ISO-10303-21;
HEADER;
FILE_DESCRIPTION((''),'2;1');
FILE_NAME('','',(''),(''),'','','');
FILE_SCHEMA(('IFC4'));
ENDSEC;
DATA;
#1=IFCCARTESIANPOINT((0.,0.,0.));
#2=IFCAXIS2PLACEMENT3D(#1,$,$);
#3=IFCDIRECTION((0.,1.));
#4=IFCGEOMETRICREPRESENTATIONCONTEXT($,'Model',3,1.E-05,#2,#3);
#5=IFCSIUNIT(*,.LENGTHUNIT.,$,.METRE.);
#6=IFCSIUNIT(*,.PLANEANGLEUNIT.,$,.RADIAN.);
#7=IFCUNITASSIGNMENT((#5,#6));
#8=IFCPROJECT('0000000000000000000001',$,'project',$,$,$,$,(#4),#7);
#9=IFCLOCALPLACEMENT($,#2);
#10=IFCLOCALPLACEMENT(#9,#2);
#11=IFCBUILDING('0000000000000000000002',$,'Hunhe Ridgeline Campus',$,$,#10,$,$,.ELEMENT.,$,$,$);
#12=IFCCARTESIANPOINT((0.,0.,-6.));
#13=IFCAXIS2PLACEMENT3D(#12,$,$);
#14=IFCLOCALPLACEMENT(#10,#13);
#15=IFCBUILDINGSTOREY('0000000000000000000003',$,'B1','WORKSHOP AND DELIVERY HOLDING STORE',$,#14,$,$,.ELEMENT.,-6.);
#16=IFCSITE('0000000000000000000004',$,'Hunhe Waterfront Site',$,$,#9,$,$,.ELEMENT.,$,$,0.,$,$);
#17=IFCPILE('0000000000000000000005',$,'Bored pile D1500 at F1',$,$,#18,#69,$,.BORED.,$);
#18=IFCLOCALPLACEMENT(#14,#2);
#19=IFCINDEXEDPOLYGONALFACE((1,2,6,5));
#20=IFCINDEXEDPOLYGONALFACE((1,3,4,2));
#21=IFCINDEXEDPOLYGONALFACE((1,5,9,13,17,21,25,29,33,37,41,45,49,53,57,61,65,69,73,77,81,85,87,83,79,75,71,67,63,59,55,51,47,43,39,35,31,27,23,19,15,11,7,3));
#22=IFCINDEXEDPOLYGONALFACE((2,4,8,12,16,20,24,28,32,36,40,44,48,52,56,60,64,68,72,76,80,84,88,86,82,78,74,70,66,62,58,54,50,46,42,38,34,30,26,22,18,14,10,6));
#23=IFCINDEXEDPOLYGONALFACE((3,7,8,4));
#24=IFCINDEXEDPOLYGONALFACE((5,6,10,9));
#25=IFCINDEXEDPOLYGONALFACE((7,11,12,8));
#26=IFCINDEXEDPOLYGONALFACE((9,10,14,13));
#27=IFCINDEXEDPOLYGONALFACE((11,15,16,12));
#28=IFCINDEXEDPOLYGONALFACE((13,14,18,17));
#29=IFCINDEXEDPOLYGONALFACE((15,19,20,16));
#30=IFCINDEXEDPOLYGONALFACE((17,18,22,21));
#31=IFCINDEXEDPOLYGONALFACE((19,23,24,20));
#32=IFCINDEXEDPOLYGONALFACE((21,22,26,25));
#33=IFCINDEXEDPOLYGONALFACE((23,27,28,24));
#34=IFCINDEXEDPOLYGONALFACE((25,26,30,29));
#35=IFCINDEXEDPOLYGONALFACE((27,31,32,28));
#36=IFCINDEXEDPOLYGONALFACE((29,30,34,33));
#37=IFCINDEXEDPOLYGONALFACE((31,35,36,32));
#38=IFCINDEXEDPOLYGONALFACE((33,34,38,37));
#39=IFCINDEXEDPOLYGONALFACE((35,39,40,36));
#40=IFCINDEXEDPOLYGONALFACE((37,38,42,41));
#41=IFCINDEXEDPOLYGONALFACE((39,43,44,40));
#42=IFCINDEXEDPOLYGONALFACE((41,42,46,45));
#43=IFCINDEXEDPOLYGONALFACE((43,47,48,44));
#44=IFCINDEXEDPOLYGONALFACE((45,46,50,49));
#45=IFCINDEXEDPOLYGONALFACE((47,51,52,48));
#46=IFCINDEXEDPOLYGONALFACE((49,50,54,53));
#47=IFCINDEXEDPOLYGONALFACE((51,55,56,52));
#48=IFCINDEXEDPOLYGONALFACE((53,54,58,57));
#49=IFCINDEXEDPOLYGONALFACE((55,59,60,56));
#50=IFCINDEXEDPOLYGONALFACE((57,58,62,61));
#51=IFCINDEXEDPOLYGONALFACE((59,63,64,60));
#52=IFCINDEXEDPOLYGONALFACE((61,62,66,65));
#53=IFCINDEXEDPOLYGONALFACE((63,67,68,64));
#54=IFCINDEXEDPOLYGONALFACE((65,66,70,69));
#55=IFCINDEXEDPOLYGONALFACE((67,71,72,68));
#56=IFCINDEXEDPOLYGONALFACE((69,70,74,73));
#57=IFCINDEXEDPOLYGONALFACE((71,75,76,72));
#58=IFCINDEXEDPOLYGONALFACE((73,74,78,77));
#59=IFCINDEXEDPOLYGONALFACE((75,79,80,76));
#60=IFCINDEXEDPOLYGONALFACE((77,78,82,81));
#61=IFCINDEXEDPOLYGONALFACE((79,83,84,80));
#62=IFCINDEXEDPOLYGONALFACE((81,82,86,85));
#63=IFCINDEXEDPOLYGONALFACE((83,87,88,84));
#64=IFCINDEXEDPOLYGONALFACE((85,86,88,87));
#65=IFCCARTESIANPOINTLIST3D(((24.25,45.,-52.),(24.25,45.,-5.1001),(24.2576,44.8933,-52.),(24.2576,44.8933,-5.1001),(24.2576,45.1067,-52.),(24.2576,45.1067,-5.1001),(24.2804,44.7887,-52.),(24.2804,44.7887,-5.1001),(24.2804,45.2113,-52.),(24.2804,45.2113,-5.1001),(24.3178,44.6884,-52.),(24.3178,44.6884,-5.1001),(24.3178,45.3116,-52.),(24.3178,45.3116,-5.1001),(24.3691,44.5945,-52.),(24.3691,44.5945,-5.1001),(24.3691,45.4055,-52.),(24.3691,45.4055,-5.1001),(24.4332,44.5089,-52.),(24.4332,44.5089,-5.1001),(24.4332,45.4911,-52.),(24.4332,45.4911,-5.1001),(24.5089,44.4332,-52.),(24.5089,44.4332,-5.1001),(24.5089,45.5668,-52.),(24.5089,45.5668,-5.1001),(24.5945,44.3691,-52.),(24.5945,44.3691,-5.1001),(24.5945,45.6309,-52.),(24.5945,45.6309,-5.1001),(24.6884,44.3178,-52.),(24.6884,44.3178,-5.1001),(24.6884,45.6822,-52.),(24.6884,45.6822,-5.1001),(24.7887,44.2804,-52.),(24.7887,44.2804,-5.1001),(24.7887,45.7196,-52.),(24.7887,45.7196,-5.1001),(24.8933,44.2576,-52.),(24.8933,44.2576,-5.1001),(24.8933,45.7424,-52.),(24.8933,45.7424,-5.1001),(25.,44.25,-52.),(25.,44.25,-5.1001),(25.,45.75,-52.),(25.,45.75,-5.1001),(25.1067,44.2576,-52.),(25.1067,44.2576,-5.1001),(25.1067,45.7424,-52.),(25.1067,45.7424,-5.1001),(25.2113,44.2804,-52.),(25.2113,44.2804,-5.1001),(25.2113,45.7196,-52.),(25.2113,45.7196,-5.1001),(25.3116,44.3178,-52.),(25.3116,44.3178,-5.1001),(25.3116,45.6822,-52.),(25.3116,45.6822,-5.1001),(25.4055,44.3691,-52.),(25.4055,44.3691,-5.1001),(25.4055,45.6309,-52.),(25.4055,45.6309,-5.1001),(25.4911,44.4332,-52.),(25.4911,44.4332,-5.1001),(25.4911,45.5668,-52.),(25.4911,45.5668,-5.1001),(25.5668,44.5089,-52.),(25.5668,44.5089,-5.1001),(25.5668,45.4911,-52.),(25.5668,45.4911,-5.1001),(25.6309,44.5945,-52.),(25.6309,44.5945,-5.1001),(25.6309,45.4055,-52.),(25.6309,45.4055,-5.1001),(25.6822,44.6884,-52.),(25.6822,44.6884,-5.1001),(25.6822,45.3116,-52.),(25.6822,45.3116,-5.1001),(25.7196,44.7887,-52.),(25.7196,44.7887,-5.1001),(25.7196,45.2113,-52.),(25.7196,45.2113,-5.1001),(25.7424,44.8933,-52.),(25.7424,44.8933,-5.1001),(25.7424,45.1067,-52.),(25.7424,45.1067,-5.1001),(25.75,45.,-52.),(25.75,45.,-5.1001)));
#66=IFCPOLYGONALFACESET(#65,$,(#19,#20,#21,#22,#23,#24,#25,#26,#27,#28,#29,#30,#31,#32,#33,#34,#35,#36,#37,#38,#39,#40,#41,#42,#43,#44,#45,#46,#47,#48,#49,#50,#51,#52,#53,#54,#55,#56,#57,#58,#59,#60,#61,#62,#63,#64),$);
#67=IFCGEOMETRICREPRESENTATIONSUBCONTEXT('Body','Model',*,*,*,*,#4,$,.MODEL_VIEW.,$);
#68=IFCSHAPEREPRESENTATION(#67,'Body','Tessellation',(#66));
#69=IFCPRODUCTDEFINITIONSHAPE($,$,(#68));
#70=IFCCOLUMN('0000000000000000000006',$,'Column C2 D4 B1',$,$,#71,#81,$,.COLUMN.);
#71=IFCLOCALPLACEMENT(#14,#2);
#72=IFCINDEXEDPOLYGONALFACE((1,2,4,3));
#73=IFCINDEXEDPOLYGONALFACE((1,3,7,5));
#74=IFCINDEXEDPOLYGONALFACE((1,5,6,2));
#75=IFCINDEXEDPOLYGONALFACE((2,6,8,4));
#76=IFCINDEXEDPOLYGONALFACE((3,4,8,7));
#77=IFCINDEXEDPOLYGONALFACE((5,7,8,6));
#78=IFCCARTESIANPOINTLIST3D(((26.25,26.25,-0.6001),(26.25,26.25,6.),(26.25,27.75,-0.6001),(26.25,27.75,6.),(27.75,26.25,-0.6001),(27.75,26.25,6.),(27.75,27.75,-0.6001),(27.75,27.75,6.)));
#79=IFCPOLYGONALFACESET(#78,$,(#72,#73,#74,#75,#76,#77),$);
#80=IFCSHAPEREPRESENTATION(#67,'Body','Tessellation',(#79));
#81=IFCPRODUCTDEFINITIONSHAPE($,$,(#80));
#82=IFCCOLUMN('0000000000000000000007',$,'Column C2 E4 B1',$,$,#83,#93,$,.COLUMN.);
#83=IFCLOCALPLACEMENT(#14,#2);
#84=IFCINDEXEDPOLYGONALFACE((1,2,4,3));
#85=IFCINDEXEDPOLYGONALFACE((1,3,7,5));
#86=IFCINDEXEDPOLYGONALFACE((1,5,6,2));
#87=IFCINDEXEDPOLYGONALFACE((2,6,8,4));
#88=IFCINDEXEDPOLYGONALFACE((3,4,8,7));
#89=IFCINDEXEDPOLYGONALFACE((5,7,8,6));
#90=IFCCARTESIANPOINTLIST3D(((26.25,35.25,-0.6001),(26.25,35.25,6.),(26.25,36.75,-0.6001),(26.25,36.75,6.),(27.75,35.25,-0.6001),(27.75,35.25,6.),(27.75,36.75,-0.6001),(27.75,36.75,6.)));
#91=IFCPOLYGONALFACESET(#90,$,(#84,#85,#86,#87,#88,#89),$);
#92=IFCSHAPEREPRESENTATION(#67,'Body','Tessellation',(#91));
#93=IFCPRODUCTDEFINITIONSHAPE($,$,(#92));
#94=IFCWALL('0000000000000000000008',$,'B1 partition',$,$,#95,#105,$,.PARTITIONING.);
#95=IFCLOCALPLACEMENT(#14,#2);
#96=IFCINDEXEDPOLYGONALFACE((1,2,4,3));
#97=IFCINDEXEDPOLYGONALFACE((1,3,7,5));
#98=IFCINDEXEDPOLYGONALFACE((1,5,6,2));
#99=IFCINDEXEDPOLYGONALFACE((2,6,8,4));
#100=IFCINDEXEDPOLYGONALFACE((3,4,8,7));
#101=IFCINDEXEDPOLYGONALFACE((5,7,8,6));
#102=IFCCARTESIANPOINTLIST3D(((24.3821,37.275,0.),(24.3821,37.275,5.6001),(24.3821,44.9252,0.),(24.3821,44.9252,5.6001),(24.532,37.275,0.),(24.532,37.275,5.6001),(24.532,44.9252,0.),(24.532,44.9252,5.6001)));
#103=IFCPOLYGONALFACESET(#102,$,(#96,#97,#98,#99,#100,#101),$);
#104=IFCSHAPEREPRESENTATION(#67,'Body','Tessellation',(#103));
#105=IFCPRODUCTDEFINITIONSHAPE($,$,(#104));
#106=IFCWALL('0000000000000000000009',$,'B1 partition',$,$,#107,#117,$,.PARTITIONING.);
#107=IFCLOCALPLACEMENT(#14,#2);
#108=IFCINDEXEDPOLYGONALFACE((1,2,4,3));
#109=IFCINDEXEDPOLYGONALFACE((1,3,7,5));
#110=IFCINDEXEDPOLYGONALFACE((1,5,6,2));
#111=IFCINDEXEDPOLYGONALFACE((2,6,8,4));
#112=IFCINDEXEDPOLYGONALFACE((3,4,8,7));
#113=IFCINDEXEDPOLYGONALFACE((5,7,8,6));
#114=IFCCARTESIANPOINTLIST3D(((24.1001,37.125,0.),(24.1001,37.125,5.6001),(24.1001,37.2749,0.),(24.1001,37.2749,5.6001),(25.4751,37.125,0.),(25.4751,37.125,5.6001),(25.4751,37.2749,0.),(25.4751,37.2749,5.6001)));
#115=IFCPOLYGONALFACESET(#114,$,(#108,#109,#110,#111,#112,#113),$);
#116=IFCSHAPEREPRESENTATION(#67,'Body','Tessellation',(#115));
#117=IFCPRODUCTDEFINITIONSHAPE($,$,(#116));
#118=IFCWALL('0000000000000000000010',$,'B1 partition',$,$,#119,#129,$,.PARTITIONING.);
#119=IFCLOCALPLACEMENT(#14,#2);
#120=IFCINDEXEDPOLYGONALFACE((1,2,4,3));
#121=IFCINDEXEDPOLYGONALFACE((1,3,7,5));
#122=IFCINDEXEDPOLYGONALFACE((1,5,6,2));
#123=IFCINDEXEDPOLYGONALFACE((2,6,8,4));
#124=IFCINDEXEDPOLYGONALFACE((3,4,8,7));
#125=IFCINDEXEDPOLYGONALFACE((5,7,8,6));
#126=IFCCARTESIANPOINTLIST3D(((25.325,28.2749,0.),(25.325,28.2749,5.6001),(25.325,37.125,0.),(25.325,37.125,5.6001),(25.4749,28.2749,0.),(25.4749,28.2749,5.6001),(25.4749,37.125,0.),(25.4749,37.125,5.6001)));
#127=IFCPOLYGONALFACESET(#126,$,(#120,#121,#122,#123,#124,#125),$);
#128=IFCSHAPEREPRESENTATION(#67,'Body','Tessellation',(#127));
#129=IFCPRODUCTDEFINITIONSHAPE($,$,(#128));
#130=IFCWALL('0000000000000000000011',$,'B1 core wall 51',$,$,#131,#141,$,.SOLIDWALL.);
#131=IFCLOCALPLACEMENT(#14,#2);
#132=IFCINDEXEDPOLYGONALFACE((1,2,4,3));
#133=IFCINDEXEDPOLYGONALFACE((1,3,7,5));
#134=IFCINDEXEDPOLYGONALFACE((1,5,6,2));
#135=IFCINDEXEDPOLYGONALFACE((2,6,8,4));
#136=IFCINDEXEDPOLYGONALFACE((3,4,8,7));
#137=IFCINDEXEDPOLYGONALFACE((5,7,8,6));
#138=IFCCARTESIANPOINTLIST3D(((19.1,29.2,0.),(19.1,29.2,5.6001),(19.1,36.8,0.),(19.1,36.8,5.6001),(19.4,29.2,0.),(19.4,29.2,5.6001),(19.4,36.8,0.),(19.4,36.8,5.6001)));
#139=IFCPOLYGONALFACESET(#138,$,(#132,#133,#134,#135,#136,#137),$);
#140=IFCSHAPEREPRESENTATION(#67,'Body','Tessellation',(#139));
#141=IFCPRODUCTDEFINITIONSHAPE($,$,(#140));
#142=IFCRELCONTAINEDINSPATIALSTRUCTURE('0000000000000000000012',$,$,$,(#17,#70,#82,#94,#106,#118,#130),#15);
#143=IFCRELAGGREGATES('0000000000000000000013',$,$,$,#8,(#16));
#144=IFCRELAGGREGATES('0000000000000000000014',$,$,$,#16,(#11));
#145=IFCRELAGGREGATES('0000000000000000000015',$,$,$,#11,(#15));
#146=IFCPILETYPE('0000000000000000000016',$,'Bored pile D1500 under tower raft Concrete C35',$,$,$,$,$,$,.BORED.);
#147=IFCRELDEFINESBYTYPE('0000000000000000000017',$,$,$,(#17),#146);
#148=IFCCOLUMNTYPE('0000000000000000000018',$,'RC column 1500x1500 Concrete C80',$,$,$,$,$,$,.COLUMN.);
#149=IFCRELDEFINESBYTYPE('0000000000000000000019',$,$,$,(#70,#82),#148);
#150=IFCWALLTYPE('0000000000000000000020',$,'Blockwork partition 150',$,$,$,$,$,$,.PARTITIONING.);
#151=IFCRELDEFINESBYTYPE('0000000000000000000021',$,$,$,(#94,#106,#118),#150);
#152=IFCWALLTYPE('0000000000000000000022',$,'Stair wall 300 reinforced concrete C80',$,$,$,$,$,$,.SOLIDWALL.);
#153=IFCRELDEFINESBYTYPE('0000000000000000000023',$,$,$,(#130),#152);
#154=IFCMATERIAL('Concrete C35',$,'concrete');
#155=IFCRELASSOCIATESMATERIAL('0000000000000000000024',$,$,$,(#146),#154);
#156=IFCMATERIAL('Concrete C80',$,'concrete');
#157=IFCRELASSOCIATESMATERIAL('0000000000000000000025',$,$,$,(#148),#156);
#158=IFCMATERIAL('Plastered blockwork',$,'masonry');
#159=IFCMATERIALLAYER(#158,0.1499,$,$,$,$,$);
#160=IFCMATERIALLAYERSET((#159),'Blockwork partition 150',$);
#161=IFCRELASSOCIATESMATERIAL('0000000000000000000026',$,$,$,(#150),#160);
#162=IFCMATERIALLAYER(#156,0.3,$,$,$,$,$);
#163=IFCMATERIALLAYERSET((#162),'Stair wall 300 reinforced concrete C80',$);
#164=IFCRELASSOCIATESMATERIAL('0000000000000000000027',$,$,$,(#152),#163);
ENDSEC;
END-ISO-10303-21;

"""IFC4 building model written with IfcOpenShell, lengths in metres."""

from ifc_helpers import new_model, si_unit, direction, frame, frame_2d, origin, origin_2d, place, context, subcontext, project, spatial, rectangle, circle, extrude, material, layer, layer_set, material_profile, profile_set, type_object, element, save


model = new_model("IFC4")

# Units and contexts
model_context = context("Model", 3, precision=1e-05, world=origin(), true_north=direction((0.0, 1.0)))
body_context = subcontext(model_context, "Body", "Model", "MODEL_VIEW")
ifc_project = project(units=[si_unit("LENGTHUNIT", "METRE"), si_unit("PLANEANGLEUNIT", "RADIAN")], contexts=[model_context])

# Site, building, storey
site_placement = place(None, origin())
site = spatial("IfcSite", under=ifc_project, at=site_placement, Name="Hunhe Waterfront Site", CompositionType="ELEMENT", RefElevation=0.0)
building_placement = place(site_placement, origin())
building = spatial("IfcBuilding", under=site, at=building_placement, Name="Hunhe Ridgeline Campus", CompositionType="ELEMENT")
storey_placement = place(building_placement, frame((0.0, 0.0, -6.0)))
storey = spatial("IfcBuildingStorey", under=building, at=storey_placement, Name="B1", Description="WORKSHOP AND DELIVERY HOLDING STORE", CompositionType="ELEMENT", Elevation=-6.0)

# Pile
ifc_material_1 = material(Name="Concrete C35", Category="concrete")
ifc_material_profile_1 = material_profile(ifc_material_1, circle(Radius=0.75, at=origin_2d()))
ifc_profile_set_1 = profile_set([ifc_material_profile_1], Name="Concrete C35")
pile_type = type_object("IfcPileType", Name="Bored pile D1500 under tower raft Concrete C35", PredefinedType="BORED", material=ifc_profile_set_1)
for number, where, z_axis, x_axis, name in (
    (1, (25.0, 45.0, -5.1001), (0.0, 0.0, -1.0), (1.0, 0.0, 0.0), "Bored pile D1500 at F1"),
):
    element("IfcPile", number, at=place(storey_placement, frame(where, z_axis=z_axis, x_axis=x_axis)), inside=storey, type_object=pile_type, Name=name, PredefinedType="BORED", context=body_context, shape_type="SweptSolid", body=[
        extrude(circle(Radius=0.75, at=origin_2d()), origin(), (0.0, 0.0, 1.0), 46.8999),
    ])

# Columns
ifc_material_2 = material(Name="Concrete C80", Category="concrete")
ifc_material_profile_2 = material_profile(ifc_material_2, rectangle(XDim=1.5, YDim=1.5, at=origin_2d()))
ifc_profile_set_2 = profile_set([ifc_material_profile_2], Name="Concrete C80")
column_type = type_object("IfcColumnType", Name="RC column 1500x1500 Concrete C80", PredefinedType="COLUMN", material=ifc_profile_set_2)
for number, where, z_axis, x_axis, name in (
    (2, (27.0, 27.0, -0.6001), (0.0, 0.0, 1.0), (1.0, 0.0, 0.0), "Column C2 D4 B1"),
    (3, (27.0, 36.0, -0.6001), (0.0, 0.0, 1.0), (1.0, 0.0, 0.0), "Column C2 E4 B1"),
):
    element("IfcColumn", number, at=place(storey_placement, frame(where, z_axis=z_axis, x_axis=x_axis)), inside=storey, type_object=column_type, Name=name, PredefinedType="COLUMN", context=body_context, shape_type="SweptSolid", body=[
        extrude(rectangle(XDim=1.5, YDim=1.5, at=origin_2d()), origin(), (0.0, 0.0, 1.0), 6.6001),
    ])

# Walls
ifc_material_3 = material(Name="Plastered blockwork", Category="masonry")
ifc_layer_1 = layer(ifc_material_3, 0.1499)
ifc_layer_set_1 = layer_set([ifc_layer_1], Name="Blockwork partition 150")
wall_type_1 = type_object("IfcWallType", Name="Blockwork partition 150", PredefinedType="PARTITIONING", material=ifc_layer_set_1)
wall_1_placement = place(storey_placement, frame((24.457, 37.2749, 0.0), z_axis=(0.0, 0.0, 1.0), x_axis=(0.0, 1.0, 0.0)))
element("IfcWall", 4, at=wall_1_placement, inside=storey, type_object=wall_type_1, Name="B1 partition", PredefinedType="PARTITIONING", context=body_context, shape_type="SweptSolid", body=[
    extrude(rectangle(XDim=7.6501, YDim=0.1499, at=frame_2d((3.8252, 0.0))), origin(), (0.0, 0.0, 1.0), 5.6001),
])
wall_2_placement = place(storey_placement, frame((25.4751, 37.2, 0.0), z_axis=(0.0, 0.0, 1.0), x_axis=(-1.0, 0.0, 0.0)))
element("IfcWall", 5, at=wall_2_placement, inside=storey, type_object=wall_type_1, Name="B1 partition", PredefinedType="PARTITIONING", context=body_context, shape_type="SweptSolid", body=[
    extrude(rectangle(XDim=1.375, YDim=0.1499, at=frame_2d((0.6875, 0.0))), origin(), (0.0, 0.0, 1.0), 5.6001),
])
wall_3_placement = place(storey_placement, frame((25.3999, 28.2749, 0.0), z_axis=(0.0, 0.0, 1.0), x_axis=(0.0, 1.0, 0.0)))
element("IfcWall", 6, at=wall_3_placement, inside=storey, type_object=wall_type_1, Name="B1 partition", PredefinedType="PARTITIONING", context=body_context, shape_type="SweptSolid", body=[
    extrude(rectangle(XDim=8.8501, YDim=0.1499, at=frame_2d((4.425, 0.0))), origin(), (0.0, 0.0, 1.0), 5.6001),
])
ifc_layer_2 = layer(ifc_material_2, 0.3)
ifc_layer_set_2 = layer_set([ifc_layer_2], Name="Stair wall 300 reinforced concrete C80")
wall_type_2 = type_object("IfcWallType", Name="Stair wall 300 reinforced concrete C80", PredefinedType="SOLIDWALL", material=ifc_layer_set_2)
wall_4_placement = place(storey_placement, frame((19.25, 29.2, 0.0), z_axis=(0.0, 0.0, 1.0), x_axis=(0.0, 1.0, 0.0)))
element("IfcWall", 7, at=wall_4_placement, inside=storey, type_object=wall_type_2, Name="B1 core wall 51", PredefinedType="SOLIDWALL", context=body_context, shape_type="SweptSolid", body=[
    extrude(rectangle(XDim=7.6001, YDim=0.3, at=frame_2d((3.8, 0.0))), origin(), (0.0, 0.0, 1.0), 5.6001),
])

save(model, "model.ifc")
